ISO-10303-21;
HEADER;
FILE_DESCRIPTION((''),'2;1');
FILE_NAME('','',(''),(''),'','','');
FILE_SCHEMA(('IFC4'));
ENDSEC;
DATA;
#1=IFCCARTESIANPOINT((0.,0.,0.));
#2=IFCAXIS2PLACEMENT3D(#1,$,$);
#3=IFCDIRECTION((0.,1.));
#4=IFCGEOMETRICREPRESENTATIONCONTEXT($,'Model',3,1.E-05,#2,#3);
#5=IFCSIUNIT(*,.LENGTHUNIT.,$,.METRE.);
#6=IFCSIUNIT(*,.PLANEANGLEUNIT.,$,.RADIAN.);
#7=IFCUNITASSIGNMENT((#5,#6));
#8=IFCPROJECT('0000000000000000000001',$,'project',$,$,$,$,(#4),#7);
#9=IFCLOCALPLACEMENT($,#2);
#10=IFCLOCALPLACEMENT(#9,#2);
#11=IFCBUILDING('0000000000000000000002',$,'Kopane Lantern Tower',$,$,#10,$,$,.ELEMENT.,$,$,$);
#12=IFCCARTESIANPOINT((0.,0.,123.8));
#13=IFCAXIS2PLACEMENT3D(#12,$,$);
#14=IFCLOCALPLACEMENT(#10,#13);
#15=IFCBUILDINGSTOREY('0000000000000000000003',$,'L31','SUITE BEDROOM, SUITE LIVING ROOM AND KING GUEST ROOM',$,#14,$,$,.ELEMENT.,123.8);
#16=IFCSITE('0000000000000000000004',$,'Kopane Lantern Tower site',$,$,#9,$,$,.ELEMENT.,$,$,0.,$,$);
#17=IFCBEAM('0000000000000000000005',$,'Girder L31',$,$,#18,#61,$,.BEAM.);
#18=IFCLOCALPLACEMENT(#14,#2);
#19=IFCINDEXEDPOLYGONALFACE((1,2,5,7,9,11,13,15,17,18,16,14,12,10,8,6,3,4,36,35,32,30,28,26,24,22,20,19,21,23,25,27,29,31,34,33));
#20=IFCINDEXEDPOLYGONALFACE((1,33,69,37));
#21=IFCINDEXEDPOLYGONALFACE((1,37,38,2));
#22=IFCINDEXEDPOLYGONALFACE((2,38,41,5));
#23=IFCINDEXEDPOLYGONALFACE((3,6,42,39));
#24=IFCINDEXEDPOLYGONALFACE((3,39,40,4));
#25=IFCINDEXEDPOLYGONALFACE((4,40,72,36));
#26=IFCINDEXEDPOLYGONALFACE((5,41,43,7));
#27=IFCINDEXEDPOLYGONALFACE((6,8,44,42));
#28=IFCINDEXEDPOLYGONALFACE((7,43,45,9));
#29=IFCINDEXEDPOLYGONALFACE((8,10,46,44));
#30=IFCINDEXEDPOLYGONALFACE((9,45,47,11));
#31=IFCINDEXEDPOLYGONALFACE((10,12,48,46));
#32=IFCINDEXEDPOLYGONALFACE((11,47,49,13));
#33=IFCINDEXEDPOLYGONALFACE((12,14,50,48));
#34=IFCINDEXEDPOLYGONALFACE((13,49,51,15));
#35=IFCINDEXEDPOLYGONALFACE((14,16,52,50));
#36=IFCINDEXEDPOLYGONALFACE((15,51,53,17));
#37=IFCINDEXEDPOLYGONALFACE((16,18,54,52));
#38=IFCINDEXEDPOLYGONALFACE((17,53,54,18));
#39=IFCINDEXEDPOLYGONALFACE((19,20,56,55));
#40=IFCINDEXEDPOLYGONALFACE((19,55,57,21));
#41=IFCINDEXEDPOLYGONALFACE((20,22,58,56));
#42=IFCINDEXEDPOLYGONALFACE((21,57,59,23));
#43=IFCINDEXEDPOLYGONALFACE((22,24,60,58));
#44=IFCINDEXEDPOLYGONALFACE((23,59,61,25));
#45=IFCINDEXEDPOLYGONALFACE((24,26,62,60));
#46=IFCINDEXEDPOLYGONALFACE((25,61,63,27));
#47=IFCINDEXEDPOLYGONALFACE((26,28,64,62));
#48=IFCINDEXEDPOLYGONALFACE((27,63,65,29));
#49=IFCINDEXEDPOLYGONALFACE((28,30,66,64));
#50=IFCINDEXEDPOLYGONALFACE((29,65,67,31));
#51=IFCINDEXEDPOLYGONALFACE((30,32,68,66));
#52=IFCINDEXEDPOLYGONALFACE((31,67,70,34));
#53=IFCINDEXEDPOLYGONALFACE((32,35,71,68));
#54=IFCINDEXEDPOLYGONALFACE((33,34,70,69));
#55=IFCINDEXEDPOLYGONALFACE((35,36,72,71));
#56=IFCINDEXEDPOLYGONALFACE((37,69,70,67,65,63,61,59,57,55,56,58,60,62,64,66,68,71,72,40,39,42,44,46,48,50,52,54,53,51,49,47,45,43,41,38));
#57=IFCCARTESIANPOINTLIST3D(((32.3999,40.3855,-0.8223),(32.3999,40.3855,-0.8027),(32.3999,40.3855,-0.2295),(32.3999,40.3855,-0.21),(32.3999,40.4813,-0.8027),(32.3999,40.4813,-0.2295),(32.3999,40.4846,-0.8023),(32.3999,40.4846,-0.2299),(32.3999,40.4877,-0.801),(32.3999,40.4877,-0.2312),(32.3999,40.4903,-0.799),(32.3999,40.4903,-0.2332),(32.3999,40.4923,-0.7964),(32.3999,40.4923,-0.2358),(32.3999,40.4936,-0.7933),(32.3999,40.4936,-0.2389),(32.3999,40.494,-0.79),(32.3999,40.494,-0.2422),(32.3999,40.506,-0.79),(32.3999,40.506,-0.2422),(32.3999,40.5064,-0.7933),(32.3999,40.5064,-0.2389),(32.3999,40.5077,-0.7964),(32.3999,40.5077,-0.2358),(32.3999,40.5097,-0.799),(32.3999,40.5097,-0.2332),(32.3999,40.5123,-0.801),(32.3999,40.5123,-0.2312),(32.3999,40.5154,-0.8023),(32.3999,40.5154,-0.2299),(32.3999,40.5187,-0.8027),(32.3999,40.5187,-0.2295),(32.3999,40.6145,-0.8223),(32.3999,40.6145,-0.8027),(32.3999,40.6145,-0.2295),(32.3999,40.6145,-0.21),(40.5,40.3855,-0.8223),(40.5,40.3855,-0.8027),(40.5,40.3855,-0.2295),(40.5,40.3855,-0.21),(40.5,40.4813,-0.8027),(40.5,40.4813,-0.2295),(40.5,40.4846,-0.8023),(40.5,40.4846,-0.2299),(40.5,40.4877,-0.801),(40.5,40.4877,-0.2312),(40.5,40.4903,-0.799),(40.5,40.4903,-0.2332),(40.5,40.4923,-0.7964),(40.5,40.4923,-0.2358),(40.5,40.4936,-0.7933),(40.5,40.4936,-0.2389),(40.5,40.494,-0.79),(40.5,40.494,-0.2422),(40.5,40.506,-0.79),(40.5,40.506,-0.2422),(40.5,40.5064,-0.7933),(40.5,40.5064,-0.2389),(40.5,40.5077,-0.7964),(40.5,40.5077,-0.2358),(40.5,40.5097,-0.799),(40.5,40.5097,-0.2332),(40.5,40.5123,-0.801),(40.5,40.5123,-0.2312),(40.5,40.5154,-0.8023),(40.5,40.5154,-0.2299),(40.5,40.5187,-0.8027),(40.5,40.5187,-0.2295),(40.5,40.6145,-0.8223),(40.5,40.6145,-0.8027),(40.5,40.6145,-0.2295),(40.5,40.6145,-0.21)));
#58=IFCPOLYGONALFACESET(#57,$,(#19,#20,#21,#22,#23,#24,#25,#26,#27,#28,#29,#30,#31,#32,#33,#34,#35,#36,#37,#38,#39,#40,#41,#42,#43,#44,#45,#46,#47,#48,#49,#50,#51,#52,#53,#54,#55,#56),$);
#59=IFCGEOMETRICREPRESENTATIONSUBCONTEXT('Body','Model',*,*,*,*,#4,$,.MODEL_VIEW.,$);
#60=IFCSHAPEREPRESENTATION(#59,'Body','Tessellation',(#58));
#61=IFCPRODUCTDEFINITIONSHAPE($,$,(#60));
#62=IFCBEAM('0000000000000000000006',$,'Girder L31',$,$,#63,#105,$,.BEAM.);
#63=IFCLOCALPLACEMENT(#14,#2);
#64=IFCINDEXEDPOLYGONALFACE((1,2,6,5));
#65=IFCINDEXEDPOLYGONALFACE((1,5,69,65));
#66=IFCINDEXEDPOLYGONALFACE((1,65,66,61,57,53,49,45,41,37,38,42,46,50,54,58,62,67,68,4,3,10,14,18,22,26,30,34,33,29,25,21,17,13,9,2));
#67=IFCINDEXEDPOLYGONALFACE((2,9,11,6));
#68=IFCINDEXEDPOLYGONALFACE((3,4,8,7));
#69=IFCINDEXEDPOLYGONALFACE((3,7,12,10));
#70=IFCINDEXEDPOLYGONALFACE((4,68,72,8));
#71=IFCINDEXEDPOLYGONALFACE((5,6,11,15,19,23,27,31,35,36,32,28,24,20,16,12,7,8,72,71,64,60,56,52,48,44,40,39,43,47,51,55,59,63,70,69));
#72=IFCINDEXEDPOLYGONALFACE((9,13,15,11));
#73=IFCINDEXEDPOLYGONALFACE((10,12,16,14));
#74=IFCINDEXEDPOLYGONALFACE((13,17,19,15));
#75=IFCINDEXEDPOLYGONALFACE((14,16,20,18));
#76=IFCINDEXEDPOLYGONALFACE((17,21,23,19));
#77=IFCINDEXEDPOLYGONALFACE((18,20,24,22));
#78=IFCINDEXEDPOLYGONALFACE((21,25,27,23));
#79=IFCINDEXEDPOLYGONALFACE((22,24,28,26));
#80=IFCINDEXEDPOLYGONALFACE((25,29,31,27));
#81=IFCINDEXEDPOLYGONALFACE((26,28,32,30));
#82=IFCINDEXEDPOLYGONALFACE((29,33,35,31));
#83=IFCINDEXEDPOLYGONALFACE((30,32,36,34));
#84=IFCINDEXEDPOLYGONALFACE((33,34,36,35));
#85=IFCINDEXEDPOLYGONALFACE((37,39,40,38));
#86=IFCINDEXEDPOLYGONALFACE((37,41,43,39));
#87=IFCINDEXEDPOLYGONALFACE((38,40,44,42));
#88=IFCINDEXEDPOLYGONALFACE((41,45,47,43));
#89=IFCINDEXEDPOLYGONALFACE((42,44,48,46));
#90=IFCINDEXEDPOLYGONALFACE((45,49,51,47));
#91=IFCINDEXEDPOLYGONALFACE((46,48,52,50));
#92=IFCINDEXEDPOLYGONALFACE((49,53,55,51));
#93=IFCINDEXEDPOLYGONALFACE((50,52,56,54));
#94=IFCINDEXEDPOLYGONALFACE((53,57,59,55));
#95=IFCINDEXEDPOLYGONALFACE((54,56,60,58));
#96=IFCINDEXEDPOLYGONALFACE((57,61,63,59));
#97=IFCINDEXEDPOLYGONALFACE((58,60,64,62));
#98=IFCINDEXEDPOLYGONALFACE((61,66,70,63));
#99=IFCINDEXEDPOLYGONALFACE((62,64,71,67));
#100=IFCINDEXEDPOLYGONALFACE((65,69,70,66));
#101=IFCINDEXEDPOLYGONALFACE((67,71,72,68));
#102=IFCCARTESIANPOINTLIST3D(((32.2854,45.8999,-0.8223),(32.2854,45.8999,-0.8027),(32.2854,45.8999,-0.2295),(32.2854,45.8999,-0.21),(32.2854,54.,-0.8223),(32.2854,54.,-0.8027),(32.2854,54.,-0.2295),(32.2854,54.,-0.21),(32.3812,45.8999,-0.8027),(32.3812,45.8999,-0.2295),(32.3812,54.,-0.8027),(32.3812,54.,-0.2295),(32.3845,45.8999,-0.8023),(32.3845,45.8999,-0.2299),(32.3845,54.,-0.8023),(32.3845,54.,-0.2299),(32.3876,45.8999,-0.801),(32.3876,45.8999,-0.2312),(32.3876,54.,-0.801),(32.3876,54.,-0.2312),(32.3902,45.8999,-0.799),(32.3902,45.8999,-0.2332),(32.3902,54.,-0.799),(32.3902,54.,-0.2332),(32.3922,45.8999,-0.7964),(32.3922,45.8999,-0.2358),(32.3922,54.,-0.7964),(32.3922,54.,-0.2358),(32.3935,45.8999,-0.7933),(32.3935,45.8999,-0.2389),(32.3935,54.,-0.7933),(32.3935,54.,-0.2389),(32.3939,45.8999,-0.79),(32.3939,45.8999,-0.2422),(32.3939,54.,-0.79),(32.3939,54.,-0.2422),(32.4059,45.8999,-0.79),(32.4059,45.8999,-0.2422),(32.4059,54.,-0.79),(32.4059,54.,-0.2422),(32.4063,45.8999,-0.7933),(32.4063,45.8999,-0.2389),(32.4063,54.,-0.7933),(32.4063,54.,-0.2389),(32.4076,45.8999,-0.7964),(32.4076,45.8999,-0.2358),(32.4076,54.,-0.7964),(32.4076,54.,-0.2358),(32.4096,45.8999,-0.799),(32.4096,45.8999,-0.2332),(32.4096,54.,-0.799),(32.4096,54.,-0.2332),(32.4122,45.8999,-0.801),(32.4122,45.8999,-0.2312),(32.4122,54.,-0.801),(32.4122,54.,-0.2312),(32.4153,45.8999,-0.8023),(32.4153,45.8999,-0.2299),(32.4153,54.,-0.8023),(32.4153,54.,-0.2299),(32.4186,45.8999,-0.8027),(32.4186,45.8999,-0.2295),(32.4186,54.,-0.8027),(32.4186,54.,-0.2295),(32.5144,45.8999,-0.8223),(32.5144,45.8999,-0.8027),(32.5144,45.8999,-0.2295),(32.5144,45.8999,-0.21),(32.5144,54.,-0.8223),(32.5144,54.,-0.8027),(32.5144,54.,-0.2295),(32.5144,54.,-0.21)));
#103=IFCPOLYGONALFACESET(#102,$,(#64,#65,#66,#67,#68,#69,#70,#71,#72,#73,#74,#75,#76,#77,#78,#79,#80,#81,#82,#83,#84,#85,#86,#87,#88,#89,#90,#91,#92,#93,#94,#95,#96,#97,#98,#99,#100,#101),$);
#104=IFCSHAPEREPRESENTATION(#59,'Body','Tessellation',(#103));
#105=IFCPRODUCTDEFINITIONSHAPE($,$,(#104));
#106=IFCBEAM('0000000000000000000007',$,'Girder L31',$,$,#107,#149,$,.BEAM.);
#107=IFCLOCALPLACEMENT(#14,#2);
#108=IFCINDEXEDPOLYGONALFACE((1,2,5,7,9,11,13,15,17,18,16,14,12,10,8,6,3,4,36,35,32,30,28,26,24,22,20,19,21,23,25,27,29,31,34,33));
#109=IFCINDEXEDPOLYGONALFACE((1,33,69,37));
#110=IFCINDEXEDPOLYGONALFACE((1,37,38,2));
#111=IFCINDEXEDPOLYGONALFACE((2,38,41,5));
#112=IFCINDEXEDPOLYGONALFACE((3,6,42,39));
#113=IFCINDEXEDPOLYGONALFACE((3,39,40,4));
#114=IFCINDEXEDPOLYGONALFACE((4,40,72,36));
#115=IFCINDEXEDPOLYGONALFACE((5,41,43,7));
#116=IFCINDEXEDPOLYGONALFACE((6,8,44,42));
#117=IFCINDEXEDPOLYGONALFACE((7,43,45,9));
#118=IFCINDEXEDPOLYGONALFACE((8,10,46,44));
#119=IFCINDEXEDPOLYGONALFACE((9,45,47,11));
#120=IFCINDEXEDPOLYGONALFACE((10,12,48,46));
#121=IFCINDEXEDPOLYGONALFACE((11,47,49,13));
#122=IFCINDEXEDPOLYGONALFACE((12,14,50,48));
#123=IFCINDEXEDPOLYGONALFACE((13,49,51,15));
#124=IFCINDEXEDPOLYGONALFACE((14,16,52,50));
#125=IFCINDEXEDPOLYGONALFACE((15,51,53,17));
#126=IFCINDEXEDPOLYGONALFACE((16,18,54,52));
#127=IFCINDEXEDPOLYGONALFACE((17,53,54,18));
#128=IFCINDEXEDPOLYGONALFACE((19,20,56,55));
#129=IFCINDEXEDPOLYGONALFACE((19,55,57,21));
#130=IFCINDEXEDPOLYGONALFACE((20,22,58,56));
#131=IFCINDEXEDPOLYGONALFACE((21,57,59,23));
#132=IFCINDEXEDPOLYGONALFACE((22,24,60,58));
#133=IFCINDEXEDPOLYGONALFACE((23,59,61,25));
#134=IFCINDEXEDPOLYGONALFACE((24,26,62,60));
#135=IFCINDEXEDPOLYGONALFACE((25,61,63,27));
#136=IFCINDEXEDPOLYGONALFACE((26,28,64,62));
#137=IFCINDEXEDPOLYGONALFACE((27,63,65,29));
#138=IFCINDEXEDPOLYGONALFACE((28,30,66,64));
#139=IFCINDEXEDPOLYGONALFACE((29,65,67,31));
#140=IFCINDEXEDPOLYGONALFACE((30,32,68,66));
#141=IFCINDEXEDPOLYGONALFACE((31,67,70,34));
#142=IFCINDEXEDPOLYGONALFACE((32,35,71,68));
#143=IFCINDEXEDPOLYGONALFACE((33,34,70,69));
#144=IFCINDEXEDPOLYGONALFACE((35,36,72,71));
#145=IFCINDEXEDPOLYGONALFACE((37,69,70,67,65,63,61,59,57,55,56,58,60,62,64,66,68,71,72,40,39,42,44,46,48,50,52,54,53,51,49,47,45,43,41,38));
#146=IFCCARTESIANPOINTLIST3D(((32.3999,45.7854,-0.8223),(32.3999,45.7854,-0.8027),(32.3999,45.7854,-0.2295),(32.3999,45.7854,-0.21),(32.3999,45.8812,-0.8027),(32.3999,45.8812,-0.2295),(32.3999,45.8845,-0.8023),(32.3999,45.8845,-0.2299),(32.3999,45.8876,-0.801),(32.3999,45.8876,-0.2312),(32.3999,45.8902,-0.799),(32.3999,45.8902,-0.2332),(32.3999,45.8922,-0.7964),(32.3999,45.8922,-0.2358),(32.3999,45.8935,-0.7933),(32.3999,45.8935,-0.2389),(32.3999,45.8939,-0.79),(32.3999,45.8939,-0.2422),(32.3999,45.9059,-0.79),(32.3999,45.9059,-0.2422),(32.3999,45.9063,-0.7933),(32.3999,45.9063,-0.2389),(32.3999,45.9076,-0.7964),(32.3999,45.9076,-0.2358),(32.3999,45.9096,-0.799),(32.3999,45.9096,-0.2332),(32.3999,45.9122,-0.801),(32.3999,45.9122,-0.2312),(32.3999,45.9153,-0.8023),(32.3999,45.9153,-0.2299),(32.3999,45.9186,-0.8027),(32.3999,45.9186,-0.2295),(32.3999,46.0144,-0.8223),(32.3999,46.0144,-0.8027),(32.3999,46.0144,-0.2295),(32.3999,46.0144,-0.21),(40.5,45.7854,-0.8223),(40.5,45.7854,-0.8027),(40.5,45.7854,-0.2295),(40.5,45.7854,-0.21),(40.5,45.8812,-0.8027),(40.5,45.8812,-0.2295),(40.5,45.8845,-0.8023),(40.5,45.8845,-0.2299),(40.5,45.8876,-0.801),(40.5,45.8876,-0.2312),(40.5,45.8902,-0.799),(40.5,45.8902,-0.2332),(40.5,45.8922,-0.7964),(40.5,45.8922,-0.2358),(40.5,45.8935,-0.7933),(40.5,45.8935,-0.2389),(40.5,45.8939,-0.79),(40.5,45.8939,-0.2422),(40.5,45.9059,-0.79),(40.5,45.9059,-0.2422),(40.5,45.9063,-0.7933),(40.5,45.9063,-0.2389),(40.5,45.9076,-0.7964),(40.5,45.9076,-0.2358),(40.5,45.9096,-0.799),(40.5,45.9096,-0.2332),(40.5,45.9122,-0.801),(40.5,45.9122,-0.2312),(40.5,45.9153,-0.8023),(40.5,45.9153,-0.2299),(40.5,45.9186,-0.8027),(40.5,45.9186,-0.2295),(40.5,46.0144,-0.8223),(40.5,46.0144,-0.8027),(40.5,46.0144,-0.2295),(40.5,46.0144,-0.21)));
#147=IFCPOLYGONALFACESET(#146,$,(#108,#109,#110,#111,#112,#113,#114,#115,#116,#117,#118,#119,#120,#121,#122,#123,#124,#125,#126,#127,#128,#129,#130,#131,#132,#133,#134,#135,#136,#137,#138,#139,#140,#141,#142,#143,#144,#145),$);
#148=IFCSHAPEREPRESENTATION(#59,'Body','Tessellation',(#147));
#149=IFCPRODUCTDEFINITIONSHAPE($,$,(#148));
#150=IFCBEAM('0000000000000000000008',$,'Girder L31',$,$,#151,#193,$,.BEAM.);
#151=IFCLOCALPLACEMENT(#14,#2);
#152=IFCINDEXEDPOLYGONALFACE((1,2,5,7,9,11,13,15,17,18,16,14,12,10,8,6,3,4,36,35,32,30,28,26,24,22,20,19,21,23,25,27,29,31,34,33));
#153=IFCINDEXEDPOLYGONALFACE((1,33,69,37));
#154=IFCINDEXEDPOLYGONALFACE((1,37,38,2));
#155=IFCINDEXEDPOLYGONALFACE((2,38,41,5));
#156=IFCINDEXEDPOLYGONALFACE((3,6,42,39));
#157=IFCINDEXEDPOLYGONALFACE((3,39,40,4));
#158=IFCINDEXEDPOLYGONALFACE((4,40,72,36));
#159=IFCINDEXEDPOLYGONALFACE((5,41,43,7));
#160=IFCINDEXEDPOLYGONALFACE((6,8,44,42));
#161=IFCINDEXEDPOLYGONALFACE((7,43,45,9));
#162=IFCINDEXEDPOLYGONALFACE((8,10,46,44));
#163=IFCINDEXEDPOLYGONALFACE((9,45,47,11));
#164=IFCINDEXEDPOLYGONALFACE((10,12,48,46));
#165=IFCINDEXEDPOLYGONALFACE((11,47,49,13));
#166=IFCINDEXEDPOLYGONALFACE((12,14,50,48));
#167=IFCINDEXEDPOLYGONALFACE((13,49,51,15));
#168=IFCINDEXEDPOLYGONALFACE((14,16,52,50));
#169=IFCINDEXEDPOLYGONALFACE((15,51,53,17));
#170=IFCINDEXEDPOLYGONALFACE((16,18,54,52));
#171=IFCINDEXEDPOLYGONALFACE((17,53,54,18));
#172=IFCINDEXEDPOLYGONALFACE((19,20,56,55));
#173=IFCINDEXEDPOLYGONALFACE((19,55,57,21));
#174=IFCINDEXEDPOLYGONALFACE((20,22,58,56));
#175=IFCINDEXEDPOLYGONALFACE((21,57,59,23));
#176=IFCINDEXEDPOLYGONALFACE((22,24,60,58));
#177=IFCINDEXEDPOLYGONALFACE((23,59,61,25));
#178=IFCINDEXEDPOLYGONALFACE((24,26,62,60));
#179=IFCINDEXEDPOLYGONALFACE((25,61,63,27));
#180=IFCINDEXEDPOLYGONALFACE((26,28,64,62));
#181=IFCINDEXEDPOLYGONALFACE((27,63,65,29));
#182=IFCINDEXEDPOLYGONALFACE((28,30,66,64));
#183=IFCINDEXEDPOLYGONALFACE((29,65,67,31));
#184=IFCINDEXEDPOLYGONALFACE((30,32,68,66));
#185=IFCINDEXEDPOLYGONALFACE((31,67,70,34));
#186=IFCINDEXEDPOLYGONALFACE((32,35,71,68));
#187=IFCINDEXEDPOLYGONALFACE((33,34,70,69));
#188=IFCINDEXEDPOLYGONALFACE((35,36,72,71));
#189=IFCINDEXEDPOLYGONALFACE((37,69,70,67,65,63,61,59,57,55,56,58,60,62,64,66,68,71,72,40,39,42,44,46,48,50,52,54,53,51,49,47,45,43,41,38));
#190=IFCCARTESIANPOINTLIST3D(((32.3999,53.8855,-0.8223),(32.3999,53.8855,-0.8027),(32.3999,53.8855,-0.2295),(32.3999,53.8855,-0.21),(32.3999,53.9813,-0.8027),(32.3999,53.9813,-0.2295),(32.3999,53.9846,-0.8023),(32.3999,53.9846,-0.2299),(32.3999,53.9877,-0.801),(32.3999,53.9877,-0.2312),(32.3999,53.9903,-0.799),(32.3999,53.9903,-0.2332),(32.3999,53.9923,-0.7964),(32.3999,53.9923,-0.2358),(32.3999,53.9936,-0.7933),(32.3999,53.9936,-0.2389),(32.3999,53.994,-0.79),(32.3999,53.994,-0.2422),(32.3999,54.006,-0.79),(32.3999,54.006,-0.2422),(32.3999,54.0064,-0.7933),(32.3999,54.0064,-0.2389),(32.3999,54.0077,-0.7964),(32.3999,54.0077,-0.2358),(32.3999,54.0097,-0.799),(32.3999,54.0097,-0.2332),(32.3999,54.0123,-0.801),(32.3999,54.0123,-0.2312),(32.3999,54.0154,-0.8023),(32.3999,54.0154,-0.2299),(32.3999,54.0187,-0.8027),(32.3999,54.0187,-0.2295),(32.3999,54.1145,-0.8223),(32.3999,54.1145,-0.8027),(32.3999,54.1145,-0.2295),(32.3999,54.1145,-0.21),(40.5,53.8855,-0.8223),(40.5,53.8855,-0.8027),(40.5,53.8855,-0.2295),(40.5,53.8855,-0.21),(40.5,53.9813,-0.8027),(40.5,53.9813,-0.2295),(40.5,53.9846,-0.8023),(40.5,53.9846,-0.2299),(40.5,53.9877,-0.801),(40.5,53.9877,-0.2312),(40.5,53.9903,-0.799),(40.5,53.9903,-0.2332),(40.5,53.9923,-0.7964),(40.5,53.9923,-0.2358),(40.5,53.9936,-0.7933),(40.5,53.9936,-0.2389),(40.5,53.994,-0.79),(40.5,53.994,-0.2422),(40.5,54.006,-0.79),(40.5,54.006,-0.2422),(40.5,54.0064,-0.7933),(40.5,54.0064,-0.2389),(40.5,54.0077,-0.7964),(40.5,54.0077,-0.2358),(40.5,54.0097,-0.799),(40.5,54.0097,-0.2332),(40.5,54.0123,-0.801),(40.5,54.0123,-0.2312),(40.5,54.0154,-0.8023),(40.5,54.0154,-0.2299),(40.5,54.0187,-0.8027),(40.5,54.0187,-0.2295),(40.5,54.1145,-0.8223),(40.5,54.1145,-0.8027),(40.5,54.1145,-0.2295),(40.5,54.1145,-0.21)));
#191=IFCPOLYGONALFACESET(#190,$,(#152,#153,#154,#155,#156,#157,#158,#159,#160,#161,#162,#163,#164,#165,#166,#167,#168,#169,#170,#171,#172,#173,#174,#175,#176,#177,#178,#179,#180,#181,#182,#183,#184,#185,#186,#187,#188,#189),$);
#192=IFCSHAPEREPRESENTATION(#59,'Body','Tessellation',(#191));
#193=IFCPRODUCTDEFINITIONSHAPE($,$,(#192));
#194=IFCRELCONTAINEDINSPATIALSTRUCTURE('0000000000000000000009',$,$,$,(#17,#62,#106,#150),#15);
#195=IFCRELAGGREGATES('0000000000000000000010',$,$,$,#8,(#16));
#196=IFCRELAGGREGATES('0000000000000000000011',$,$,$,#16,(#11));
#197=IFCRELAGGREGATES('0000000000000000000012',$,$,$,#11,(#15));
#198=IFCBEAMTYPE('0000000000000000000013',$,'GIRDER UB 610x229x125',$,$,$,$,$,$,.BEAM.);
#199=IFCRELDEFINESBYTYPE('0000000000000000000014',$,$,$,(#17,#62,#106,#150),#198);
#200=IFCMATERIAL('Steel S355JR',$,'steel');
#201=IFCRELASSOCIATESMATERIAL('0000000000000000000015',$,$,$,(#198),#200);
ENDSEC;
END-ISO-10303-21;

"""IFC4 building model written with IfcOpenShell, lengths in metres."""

from ifc_helpers import new_model, si_unit, direction, frame, origin, origin_2d, place, context, subcontext, project, spatial, i_section, extrude, material, material_profile, profile_set, type_object, element, save


model = new_model("IFC4")

# Units and contexts
model_context = context("Model", 3, precision=1e-05, world=origin(), true_north=direction((0.0, 1.0)))
body_context = subcontext(model_context, "Body", "Model", "MODEL_VIEW")
ifc_project = project(units=[si_unit("LENGTHUNIT", "METRE"), si_unit("PLANEANGLEUNIT", "RADIAN")], contexts=[model_context])

# Site, building, storey
site_placement = place(None, origin())
site = spatial("IfcSite", under=ifc_project, at=site_placement, Name="Kopane Lantern Tower site", CompositionType="ELEMENT", RefElevation=0.0)
building_placement = place(site_placement, origin())
building = spatial("IfcBuilding", under=site, at=building_placement, Name="Kopane Lantern Tower", CompositionType="ELEMENT")
storey_placement = place(building_placement, frame((0.0, 0.0, 123.8)))
storey = spatial("IfcBuildingStorey", under=building, at=storey_placement, Name="L31", Description="SUITE BEDROOM, SUITE LIVING ROOM AND KING GUEST ROOM", CompositionType="ELEMENT", Elevation=123.8)

# Beams
ifc_material_1 = material(Name="Steel S355JR", Category="steel")
ifc_material_profile_1 = material_profile(ifc_material_1, i_section(OverallWidth=0.229, OverallDepth=0.6123, WebThickness=0.012, FlangeThickness=0.0195, FilletRadius=0.0127, at=origin_2d()), Name="UB 610x229x125")
ifc_profile_set_1 = profile_set([ifc_material_profile_1], Name="Steel S355JR")
beam_type = type_object("IfcBeamType", Name="GIRDER UB 610x229x125", PredefinedType="BEAM", material=ifc_profile_set_1)
for number, where, z_axis, x_axis, name in (
    (1, (32.3999, 40.5, -0.5161), (1.0, 0.0, 0.0), (0.0, 1.0, 0.0), "Girder L31"),
    (2, (32.3999, 45.8999, -0.5161), (0.0, 1.0, 0.0), (-1.0, 0.0, 0.0), "Girder L31"),
    (3, (32.3999, 45.8999, -0.5161), (1.0, 0.0, 0.0), (0.0, 1.0, 0.0), "Girder L31"),
    (4, (32.3999, 54.0, -0.5161), (1.0, 0.0, 0.0), (0.0, 1.0, 0.0), "Girder L31"),
):
    element("IfcBeam", number, at=place(storey_placement, frame(where, z_axis=z_axis, x_axis=x_axis)), inside=storey, type_object=beam_type, Name=name, PredefinedType="BEAM", context=body_context, shape_type="SweptSolid", body=[
        extrude(i_section(OverallWidth=0.229, OverallDepth=0.6123, WebThickness=0.012, FlangeThickness=0.0195, FilletRadius=0.0127, at=origin_2d()), origin(), (0.0, 0.0, 1.0), 8.1001),
    ])

save(model, "model.ifc")
